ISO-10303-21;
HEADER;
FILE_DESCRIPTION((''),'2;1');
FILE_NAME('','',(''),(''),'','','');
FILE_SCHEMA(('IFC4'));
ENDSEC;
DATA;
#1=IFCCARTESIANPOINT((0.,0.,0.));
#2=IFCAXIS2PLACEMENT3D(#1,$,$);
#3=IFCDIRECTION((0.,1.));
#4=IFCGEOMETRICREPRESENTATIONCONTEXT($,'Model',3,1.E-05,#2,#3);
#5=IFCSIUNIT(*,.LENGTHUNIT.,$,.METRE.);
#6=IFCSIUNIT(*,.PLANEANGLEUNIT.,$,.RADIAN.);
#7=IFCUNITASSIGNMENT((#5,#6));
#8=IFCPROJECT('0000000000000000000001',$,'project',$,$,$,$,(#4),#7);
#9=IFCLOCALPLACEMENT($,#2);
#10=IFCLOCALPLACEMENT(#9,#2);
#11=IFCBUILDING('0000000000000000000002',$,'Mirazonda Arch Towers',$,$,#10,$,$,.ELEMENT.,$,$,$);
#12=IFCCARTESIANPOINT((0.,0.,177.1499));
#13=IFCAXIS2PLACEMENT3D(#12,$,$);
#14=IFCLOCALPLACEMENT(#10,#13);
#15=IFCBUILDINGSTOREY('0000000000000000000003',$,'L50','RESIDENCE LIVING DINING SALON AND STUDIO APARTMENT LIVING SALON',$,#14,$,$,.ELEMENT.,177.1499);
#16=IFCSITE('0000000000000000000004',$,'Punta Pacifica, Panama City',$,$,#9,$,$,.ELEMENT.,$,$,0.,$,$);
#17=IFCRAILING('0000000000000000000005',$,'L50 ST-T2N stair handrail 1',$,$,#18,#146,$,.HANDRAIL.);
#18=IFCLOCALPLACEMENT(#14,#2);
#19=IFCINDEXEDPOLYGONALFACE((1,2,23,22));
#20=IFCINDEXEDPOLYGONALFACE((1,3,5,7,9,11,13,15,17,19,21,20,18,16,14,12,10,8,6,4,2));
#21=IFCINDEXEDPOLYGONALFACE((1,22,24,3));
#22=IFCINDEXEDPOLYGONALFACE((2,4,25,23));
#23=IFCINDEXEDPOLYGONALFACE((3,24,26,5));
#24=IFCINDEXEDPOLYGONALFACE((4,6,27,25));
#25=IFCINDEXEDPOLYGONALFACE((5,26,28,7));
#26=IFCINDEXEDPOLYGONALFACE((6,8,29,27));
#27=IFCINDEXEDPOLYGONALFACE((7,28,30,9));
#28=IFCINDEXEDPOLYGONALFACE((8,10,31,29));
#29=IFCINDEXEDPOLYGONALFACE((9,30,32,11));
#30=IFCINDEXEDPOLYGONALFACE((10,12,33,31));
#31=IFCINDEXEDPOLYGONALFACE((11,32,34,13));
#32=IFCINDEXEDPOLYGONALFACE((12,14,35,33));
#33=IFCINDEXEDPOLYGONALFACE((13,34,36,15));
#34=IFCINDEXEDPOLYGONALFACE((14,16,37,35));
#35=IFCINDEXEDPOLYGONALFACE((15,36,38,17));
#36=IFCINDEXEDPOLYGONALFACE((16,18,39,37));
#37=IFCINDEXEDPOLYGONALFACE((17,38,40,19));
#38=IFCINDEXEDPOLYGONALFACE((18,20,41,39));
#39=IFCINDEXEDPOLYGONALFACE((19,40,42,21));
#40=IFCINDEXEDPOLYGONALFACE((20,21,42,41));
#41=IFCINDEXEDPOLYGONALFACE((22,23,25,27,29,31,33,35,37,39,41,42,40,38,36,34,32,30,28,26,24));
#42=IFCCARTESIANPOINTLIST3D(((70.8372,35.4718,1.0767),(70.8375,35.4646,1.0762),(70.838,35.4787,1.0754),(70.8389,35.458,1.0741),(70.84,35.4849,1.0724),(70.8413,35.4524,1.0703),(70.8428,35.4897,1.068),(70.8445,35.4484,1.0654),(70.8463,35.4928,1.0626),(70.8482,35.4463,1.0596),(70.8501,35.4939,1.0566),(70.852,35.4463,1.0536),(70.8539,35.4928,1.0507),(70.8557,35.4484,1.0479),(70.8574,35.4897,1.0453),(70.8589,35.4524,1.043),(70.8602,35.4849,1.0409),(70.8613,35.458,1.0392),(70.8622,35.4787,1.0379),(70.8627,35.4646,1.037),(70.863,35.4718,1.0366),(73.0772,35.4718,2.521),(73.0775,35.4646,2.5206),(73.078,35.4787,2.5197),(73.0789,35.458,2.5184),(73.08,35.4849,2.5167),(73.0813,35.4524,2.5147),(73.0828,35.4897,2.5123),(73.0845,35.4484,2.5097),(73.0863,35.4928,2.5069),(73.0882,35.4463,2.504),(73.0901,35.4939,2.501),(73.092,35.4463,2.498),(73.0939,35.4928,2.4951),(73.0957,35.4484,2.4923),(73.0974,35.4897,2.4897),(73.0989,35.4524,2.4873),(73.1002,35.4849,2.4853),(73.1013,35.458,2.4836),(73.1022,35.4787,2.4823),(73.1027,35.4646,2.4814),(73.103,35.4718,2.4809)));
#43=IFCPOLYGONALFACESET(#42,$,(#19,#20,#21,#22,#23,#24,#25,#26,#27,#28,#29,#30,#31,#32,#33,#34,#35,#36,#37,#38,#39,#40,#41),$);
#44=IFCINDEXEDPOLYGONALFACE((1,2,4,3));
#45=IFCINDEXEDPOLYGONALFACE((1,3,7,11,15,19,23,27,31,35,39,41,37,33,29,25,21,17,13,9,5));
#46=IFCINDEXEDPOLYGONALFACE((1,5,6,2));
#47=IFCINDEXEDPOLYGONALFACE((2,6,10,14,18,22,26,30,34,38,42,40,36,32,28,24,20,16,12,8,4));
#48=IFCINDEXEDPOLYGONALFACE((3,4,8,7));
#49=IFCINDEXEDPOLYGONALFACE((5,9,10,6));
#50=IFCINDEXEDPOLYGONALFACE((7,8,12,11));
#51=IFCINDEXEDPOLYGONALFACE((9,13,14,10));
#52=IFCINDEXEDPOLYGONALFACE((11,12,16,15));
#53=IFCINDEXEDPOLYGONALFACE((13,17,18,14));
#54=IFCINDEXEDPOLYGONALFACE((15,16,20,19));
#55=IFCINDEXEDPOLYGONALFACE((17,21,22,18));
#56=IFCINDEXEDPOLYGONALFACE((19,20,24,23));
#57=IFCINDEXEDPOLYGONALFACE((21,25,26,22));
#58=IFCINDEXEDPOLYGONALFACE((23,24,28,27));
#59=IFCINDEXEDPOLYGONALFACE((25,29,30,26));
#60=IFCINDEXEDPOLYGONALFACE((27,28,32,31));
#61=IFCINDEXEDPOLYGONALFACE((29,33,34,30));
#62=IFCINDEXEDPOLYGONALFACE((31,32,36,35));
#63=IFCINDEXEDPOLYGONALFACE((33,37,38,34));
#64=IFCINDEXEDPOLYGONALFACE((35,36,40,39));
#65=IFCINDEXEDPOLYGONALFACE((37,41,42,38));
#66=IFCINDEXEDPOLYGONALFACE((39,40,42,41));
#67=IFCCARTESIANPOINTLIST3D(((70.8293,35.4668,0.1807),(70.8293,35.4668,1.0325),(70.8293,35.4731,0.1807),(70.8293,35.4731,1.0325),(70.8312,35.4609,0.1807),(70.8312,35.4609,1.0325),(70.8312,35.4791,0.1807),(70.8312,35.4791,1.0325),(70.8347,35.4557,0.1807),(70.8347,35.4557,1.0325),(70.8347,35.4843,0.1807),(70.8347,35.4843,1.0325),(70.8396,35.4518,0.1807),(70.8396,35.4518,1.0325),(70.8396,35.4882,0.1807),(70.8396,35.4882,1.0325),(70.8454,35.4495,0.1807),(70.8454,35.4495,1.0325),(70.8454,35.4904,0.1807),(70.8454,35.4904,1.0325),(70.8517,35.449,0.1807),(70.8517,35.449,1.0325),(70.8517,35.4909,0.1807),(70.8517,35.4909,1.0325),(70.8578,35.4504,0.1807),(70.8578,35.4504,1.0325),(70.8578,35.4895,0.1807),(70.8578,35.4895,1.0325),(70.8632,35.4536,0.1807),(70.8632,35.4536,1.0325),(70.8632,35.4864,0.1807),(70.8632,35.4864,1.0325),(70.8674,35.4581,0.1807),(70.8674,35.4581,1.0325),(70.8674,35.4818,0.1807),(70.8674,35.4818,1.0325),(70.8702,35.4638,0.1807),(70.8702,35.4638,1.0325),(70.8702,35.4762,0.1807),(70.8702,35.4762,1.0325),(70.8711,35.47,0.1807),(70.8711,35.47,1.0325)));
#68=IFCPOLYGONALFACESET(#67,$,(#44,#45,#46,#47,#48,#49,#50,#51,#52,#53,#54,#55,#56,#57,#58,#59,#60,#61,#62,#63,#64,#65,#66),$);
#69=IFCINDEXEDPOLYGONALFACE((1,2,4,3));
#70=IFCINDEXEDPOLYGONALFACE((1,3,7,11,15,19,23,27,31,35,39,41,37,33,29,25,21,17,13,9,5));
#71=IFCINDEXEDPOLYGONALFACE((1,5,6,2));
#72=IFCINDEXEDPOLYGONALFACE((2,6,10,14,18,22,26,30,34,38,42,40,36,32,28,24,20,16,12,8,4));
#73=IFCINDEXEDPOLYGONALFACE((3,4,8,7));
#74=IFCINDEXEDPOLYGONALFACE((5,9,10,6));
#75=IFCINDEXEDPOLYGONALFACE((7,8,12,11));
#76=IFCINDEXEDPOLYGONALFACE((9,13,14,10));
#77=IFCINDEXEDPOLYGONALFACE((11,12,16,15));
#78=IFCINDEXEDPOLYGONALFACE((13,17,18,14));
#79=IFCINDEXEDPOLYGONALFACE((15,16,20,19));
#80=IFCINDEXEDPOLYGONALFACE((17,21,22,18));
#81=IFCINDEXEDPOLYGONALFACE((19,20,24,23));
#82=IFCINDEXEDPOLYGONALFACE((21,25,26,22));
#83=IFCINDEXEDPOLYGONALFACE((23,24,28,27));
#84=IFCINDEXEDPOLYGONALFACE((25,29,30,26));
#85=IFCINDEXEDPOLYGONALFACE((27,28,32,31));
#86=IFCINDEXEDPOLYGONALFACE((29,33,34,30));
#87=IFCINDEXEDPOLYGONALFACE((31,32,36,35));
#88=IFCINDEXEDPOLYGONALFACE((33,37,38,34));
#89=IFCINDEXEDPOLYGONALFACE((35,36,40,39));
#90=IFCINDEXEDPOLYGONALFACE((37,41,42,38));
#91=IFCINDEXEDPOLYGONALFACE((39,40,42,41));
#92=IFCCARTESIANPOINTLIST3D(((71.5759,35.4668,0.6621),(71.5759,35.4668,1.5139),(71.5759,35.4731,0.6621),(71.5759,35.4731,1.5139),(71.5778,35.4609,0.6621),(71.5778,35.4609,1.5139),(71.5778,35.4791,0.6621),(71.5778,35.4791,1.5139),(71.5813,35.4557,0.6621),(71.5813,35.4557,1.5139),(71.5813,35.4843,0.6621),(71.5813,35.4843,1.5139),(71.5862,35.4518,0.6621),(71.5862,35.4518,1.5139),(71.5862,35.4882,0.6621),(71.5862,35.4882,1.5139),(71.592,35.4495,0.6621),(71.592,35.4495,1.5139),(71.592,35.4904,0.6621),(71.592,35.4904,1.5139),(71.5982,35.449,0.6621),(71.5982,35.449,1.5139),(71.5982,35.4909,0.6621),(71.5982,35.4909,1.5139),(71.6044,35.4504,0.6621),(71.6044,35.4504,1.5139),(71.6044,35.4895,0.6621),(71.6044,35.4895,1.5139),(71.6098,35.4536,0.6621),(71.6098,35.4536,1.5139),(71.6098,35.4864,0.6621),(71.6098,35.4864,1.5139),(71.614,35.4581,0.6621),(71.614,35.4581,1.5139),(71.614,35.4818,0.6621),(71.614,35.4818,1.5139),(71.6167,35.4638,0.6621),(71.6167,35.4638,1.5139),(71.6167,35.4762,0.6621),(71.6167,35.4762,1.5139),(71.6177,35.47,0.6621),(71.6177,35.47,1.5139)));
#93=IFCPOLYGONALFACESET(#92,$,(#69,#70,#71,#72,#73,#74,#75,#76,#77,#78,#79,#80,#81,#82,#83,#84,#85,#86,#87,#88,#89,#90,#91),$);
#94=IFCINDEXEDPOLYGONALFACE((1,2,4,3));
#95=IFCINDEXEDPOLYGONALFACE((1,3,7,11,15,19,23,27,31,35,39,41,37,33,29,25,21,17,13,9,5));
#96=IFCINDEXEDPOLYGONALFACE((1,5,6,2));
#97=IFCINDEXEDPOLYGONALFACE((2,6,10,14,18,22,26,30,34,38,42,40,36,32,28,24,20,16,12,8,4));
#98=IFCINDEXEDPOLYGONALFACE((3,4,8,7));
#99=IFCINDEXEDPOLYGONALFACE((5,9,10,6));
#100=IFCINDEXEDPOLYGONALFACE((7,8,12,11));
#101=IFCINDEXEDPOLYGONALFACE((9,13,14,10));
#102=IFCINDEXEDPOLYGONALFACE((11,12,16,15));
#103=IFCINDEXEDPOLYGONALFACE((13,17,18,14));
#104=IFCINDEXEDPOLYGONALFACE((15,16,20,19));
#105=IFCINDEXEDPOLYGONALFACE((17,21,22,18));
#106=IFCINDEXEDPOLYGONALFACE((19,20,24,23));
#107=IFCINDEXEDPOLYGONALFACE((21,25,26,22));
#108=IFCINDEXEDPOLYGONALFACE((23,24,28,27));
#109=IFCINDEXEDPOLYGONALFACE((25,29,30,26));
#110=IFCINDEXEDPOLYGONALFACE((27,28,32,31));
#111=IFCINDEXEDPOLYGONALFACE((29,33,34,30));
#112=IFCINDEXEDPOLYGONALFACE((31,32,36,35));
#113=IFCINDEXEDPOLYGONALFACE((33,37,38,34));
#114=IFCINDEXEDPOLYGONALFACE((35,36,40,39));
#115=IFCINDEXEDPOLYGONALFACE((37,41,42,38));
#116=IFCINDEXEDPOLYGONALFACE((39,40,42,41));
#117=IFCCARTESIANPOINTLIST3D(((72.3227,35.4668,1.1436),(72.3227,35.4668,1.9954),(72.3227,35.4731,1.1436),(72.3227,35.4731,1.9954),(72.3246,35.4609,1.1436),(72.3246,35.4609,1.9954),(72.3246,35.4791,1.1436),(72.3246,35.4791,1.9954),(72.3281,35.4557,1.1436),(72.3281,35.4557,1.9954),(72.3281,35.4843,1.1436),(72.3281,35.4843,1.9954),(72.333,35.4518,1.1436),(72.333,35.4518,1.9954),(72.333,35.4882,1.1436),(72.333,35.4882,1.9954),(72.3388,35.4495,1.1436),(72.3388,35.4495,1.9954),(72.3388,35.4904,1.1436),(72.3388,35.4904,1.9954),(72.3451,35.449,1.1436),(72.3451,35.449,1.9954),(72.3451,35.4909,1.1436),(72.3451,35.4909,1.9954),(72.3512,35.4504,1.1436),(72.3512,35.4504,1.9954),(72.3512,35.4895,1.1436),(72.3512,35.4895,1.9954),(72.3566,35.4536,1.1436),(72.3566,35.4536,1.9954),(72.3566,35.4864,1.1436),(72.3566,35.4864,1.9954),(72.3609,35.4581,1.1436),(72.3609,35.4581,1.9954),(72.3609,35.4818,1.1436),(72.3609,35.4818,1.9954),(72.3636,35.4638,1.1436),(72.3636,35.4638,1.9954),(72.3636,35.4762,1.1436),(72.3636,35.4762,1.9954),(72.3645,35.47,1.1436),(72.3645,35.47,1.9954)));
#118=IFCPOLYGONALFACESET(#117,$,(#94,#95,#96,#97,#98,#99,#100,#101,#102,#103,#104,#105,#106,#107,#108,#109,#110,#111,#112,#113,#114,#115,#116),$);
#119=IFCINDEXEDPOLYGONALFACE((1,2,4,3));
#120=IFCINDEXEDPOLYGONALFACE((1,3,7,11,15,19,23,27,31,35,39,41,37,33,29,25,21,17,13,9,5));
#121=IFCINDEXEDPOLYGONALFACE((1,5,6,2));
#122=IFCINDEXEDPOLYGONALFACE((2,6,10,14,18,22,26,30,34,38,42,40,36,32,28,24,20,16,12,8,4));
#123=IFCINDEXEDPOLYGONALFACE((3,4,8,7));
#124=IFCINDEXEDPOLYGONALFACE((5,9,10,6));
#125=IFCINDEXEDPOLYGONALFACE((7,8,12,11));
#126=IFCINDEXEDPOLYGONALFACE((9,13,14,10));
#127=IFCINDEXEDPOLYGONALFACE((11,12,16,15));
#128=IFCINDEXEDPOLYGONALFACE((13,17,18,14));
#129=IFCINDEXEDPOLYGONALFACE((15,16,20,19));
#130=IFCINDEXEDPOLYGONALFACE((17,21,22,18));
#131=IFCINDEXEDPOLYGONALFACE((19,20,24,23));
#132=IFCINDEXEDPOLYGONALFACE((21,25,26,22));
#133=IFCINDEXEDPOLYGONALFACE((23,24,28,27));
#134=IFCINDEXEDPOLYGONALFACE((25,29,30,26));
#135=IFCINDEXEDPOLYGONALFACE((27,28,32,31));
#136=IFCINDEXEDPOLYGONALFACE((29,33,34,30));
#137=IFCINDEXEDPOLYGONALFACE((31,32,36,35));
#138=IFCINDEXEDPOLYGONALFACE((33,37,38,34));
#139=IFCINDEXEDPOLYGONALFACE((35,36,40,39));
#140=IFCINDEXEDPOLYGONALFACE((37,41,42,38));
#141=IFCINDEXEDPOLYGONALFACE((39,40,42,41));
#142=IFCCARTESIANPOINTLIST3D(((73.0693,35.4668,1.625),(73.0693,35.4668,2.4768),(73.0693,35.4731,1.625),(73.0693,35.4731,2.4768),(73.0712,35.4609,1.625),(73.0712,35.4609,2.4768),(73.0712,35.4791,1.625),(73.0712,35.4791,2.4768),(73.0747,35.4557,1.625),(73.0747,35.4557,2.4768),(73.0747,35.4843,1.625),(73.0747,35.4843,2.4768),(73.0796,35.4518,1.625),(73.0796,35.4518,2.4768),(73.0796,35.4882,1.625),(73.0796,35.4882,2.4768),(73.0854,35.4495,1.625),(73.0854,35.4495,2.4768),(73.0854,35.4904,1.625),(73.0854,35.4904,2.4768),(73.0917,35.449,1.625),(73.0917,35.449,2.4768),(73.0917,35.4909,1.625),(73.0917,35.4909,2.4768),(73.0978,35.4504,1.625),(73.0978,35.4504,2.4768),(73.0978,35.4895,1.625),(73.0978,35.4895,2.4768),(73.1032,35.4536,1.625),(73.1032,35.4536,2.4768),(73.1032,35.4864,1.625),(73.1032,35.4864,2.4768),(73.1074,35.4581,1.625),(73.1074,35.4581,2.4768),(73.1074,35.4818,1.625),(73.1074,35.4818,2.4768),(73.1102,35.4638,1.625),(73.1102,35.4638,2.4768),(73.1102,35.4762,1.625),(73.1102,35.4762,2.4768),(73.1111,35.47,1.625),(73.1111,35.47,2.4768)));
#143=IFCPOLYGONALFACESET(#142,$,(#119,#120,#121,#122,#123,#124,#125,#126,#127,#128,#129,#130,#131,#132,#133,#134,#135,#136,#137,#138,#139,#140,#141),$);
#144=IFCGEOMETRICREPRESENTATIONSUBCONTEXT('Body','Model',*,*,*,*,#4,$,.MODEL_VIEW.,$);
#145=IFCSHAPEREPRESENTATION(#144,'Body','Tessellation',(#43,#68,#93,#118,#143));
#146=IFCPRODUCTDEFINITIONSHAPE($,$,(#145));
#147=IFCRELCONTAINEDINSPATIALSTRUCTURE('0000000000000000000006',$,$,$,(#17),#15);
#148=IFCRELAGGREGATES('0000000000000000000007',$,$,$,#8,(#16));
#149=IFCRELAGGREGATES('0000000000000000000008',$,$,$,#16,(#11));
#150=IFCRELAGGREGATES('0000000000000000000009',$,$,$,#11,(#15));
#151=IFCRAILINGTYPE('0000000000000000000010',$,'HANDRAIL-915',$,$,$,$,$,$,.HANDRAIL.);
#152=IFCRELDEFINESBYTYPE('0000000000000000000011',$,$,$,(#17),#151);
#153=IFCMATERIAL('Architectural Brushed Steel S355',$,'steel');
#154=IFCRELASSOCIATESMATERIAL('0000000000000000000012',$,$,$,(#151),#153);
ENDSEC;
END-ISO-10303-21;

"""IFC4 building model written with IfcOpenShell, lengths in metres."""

from ifc_helpers import new_model, si_unit, direction, frame, origin, origin_2d, place, context, subcontext, project, spatial, circle, extrude, material, type_object, element, save


model = new_model("IFC4")

# Units and contexts
model_context = context("Model", 3, precision=1e-05, world=origin(), true_north=direction((0.0, 1.0)))
body_context = subcontext(model_context, "Body", "Model", "MODEL_VIEW")
ifc_project = project(units=[si_unit("LENGTHUNIT", "METRE"), si_unit("PLANEANGLEUNIT", "RADIAN")], contexts=[model_context])

# Site, building, storey
site_placement = place(None, origin())
site = spatial("IfcSite", under=ifc_project, at=site_placement, Name="Punta Pacifica, Panama City", CompositionType="ELEMENT", RefElevation=0.0)
building_placement = place(site_placement, origin())
building = spatial("IfcBuilding", under=site, at=building_placement, Name="Mirazonda Arch Towers", CompositionType="ELEMENT")
storey_placement = place(building_placement, frame((0.0, 0.0, 177.1499)))
storey = spatial("IfcBuildingStorey", under=building, at=storey_placement, Name="L50", Description="RESIDENCE LIVING DINING SALON AND STUDIO APARTMENT LIVING SALON", CompositionType="ELEMENT", Elevation=177.1499)

# Shared definitions
ifc_material_1 = material(Name="Architectural Brushed Steel S355", Category="steel")

# Railing
railing_type = type_object("IfcRailingType", Name="HANDRAIL-915", PredefinedType="HANDRAIL", material=ifc_material_1)
railing_placement = place(storey_placement, frame((70.8501, 35.47, 0.1807)))
element("IfcRailing", 1, at=railing_placement, inside=storey, type_object=railing_type, Name="L50 ST-T2N stair handrail 1", PredefinedType="HANDRAIL", context=body_context, shape_type="SweptSolid", body=[
    extrude(circle(Radius=0.0239, at=origin_2d()), frame((0.0, 0.0, 0.876), z_axis=(0.840437, 0.0, 0.54191), x_axis=(0.0, 1.0, 0.0)), (0.0, 0.0, 1.0), 2.6653),
    extrude(circle(Radius=0.021, at=origin_2d()), origin(), (0.0, 0.0, 1.0), 0.8518),
    extrude(circle(Radius=0.021, at=origin_2d()), frame((0.7466, 0.0, 0.4814)), (0.0, 0.0, 1.0), 0.8518),
    extrude(circle(Radius=0.021, at=origin_2d()), frame((1.4934, 0.0, 0.9629)), (0.0, 0.0, 1.0), 0.8518),
    extrude(circle(Radius=0.021, at=origin_2d()), frame((2.24, 0.0, 1.4443)), (0.0, 0.0, 1.0), 0.8518),
])

save(model, "model.ifc")
